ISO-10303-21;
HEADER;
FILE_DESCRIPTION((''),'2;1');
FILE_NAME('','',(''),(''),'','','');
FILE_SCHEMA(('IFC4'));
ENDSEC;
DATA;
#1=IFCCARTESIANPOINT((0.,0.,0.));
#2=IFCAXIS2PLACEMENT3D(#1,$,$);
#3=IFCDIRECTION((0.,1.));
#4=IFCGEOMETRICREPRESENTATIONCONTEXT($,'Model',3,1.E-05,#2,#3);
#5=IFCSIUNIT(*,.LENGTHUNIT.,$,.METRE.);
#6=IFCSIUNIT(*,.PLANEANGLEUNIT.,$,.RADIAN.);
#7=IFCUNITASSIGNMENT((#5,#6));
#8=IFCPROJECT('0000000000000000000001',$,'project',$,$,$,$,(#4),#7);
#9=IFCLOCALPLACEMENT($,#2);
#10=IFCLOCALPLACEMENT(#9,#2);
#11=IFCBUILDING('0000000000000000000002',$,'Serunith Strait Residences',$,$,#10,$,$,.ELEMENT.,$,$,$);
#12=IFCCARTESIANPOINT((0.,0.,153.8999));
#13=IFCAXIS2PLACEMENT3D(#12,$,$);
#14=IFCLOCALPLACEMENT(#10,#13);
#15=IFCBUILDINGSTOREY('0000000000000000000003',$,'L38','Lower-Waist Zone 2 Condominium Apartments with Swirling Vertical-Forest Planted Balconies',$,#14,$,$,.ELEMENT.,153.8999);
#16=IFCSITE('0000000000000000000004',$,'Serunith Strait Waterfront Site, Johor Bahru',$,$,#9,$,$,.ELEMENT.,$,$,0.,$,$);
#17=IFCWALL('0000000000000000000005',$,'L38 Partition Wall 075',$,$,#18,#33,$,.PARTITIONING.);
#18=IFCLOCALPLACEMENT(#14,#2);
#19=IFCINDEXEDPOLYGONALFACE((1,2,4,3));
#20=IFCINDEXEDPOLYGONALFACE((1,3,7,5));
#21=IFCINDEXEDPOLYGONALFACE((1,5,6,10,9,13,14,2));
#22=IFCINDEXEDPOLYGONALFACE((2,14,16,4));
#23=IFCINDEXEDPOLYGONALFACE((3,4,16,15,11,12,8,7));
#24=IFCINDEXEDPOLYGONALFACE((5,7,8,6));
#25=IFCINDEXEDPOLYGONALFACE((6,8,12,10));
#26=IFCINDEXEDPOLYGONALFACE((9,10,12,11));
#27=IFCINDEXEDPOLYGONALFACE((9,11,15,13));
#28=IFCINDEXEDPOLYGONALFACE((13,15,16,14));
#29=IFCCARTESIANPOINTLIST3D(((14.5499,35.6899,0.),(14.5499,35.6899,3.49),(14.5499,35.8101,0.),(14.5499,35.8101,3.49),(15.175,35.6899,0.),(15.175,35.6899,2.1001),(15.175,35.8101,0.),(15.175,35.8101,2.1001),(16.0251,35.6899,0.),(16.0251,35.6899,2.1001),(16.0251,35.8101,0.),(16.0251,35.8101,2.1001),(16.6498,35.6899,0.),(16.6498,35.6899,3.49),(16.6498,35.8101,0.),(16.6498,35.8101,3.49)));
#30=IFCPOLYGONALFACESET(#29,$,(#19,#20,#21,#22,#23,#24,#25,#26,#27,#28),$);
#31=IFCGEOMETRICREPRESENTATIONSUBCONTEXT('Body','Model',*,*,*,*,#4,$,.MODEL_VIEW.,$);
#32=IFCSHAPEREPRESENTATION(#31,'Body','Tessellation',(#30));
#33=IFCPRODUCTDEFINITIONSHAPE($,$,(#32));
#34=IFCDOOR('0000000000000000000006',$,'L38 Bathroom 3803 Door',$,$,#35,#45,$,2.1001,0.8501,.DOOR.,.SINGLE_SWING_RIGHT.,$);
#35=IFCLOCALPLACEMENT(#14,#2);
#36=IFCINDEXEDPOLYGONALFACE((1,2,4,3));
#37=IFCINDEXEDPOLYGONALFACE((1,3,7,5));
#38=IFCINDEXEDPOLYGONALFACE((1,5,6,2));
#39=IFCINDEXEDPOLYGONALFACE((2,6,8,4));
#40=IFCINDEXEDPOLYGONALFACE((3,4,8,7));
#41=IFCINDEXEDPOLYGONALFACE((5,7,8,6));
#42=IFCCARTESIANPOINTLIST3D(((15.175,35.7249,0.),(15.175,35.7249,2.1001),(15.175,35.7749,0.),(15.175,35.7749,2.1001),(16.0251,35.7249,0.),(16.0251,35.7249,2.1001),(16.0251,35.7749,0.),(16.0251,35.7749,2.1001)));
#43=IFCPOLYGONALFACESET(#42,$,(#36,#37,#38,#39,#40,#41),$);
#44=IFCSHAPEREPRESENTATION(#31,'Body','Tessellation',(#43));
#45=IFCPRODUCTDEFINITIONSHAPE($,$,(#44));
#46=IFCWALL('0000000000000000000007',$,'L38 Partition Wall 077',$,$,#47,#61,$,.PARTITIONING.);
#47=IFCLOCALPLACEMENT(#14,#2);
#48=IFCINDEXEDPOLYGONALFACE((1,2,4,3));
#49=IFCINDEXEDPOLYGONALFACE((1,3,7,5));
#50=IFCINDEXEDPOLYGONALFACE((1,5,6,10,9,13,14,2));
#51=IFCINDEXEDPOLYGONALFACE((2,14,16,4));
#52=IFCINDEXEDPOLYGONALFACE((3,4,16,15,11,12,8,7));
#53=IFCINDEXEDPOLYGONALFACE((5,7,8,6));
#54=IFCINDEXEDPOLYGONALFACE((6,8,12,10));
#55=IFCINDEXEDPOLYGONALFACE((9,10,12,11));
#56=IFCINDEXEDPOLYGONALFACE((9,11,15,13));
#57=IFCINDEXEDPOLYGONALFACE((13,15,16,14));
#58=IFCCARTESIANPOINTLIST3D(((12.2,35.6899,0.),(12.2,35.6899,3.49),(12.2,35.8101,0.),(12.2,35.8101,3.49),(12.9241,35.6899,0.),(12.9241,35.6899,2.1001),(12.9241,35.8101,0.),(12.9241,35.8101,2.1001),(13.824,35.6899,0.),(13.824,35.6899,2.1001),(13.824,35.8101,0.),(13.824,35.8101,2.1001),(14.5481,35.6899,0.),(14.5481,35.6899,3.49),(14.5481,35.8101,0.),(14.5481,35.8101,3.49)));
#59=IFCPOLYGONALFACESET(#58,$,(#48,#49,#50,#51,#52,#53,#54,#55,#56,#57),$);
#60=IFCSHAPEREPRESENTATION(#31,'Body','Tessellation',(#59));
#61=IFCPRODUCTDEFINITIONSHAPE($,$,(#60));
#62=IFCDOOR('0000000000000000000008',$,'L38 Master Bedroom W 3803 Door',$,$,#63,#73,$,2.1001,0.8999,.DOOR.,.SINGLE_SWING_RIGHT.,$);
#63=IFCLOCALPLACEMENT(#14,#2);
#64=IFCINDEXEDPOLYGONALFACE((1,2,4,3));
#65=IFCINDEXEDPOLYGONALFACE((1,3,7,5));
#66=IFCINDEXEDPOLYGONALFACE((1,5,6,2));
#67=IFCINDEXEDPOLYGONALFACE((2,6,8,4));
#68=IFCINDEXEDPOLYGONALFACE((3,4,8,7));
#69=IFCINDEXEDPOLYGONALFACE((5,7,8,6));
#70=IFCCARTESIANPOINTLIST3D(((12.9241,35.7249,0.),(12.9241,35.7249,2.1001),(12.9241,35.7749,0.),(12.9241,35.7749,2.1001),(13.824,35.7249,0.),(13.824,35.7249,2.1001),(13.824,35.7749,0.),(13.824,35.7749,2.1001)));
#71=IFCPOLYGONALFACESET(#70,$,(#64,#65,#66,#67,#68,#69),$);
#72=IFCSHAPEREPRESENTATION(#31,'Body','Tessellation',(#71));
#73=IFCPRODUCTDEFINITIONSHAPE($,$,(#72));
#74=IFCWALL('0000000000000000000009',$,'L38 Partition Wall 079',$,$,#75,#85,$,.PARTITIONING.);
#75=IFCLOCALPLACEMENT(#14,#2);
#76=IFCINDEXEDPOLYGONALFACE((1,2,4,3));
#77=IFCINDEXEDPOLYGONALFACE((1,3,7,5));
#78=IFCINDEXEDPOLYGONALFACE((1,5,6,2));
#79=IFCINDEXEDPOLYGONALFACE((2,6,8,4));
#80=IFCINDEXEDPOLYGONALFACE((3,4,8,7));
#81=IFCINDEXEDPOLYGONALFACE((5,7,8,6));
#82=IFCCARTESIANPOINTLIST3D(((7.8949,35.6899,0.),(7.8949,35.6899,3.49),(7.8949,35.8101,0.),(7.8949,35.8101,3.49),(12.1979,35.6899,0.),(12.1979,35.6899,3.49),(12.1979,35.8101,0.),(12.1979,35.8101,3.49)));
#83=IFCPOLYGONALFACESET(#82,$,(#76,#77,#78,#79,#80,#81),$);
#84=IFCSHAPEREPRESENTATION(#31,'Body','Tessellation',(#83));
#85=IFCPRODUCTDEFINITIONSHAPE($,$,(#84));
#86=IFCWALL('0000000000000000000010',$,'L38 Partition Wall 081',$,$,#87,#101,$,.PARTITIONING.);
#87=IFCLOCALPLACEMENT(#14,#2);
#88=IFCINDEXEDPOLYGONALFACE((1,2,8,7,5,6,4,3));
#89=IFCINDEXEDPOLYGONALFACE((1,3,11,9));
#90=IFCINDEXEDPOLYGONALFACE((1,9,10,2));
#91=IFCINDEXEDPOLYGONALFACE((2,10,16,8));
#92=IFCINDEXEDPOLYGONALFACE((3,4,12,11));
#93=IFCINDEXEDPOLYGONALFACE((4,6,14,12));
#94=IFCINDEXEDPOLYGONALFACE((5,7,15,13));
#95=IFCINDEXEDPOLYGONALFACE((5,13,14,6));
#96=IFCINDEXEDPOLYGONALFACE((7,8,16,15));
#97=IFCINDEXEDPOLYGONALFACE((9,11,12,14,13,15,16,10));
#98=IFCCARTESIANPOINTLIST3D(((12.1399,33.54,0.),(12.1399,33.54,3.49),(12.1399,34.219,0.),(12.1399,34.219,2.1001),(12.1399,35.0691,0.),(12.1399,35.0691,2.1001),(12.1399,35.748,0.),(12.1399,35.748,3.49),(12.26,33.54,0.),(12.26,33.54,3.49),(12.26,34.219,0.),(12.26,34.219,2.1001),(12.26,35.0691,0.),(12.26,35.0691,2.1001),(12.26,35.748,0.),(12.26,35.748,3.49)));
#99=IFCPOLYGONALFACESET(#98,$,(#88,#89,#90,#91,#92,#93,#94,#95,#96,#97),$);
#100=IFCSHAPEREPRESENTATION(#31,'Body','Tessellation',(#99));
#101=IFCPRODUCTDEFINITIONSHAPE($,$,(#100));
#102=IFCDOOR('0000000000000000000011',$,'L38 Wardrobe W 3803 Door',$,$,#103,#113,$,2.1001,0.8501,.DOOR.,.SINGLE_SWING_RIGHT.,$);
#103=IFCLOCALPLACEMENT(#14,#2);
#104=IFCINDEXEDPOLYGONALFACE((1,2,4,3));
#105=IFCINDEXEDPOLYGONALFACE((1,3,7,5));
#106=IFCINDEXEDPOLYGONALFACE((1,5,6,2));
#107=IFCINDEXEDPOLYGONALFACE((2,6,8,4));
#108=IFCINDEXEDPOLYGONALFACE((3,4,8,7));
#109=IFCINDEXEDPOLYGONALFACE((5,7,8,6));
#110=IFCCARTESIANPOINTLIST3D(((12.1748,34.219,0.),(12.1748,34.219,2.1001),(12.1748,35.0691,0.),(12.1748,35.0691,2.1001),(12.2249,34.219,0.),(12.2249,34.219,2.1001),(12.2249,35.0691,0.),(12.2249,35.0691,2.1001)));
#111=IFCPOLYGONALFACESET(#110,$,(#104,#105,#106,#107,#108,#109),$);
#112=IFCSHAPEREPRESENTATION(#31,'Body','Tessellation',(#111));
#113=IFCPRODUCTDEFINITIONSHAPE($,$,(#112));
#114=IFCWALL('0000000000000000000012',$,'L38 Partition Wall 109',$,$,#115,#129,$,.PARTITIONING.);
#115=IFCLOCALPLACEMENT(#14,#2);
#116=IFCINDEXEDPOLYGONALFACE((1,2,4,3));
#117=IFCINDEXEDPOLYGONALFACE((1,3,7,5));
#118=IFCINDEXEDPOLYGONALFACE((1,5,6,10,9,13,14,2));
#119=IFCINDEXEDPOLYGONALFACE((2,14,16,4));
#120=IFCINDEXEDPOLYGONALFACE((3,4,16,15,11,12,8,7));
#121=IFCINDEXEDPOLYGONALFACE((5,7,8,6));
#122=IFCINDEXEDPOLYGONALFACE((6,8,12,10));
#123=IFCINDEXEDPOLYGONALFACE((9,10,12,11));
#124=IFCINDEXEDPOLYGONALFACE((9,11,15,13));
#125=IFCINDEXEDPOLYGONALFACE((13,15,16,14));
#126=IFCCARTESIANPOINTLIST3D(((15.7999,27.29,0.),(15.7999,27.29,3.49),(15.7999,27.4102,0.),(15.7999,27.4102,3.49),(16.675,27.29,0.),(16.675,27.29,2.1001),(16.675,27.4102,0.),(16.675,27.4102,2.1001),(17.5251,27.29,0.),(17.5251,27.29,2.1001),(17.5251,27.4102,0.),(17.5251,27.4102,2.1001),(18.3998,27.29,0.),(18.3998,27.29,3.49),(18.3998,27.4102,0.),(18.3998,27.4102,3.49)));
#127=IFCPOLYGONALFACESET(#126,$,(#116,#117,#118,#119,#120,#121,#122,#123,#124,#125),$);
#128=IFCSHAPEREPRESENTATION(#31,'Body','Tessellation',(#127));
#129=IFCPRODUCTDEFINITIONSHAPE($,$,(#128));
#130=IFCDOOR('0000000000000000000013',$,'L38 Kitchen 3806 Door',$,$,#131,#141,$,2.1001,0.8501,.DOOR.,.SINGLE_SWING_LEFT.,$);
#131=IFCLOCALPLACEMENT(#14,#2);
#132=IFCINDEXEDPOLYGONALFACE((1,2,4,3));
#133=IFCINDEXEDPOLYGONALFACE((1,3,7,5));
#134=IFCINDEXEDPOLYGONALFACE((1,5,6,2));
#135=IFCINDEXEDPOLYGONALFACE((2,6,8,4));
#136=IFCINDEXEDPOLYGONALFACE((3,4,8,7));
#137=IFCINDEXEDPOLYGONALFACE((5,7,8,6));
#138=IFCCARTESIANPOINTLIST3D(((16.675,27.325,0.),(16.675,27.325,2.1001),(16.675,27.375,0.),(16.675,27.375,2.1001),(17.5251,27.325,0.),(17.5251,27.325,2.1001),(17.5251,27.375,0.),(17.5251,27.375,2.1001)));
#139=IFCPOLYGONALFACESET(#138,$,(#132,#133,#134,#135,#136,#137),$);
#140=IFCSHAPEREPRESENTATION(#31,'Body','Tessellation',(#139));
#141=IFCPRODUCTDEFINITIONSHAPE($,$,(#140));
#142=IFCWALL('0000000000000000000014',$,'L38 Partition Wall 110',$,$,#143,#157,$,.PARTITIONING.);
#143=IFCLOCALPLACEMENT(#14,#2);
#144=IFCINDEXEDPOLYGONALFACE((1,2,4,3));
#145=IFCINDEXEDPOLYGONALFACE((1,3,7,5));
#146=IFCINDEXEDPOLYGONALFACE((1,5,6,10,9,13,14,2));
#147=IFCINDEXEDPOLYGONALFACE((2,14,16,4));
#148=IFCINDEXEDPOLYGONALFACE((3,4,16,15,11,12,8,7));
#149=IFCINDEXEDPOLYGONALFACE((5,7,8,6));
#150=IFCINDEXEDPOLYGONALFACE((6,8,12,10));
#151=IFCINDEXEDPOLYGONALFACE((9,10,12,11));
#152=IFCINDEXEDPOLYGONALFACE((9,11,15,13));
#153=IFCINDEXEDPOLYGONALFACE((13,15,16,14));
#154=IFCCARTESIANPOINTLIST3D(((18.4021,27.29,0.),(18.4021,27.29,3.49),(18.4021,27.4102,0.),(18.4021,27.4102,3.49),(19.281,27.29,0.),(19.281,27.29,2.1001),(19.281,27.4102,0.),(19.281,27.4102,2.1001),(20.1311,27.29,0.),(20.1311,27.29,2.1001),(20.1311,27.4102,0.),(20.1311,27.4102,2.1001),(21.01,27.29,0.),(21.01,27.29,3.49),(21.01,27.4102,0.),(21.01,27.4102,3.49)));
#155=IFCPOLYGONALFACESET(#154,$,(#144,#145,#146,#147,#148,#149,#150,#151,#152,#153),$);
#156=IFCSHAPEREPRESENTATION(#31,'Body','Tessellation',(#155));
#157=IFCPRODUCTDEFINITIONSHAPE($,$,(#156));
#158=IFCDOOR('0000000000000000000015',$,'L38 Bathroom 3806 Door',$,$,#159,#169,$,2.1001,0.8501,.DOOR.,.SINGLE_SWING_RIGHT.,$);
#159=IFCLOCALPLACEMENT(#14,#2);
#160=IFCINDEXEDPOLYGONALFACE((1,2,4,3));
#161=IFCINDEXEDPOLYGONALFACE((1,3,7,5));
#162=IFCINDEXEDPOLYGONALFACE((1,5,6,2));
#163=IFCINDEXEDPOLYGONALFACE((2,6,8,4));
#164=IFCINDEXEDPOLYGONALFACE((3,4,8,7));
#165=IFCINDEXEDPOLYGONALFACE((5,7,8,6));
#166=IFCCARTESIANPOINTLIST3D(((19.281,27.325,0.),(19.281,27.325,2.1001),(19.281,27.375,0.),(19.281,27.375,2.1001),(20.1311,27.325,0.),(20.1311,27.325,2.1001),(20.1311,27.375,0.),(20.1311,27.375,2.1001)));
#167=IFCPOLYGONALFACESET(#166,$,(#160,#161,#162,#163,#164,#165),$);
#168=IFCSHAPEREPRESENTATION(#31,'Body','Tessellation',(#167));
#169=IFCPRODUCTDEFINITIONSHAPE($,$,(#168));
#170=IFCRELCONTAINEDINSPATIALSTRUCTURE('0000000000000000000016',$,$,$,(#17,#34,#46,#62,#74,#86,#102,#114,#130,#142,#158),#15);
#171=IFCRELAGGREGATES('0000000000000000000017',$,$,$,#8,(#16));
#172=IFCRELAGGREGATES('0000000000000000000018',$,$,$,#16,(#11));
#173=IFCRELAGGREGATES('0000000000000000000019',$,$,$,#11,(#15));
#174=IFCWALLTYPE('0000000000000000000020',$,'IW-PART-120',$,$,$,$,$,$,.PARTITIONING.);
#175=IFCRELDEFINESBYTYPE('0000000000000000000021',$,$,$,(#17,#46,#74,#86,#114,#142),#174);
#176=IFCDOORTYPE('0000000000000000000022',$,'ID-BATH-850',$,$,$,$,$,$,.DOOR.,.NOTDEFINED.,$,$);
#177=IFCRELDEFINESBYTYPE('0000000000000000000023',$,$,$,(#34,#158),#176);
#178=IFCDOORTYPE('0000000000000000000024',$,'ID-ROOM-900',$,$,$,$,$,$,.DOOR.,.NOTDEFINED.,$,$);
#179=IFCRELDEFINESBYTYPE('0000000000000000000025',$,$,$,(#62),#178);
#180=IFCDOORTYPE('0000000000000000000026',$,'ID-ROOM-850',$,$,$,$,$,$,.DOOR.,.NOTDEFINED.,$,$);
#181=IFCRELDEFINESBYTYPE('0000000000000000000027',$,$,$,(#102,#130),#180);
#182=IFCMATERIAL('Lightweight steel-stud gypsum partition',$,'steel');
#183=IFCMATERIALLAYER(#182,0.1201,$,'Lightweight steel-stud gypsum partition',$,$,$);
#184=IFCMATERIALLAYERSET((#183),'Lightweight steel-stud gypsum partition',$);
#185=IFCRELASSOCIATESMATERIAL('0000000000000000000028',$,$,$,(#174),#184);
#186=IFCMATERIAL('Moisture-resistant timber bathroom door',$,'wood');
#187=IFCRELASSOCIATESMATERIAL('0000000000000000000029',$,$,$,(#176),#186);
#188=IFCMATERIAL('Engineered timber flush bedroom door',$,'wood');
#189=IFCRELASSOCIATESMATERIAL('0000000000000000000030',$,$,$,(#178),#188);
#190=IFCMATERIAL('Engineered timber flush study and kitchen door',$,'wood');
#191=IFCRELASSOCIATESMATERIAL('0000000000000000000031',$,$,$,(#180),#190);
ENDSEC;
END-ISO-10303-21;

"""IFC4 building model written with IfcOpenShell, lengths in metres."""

from ifc_helpers import new_model, si_unit, direction, frame, frame_2d, origin, place, context, subcontext, project, spatial, rectangle, extrude, source, transform, mapped, material, layer, layer_set, type_object, element, fill, save


model = new_model("IFC4")

# Units and contexts
model_context = context("Model", 3, precision=1e-05, world=origin(), true_north=direction((0.0, 1.0)))
body_context = subcontext(model_context, "Body", "Model", "MODEL_VIEW")
ifc_project = project(units=[si_unit("LENGTHUNIT", "METRE"), si_unit("PLANEANGLEUNIT", "RADIAN")], contexts=[model_context])

# Site, building, storey
site_placement = place(None, origin())
site = spatial("IfcSite", under=ifc_project, at=site_placement, Name="Serunith Strait Waterfront Site, Johor Bahru", CompositionType="ELEMENT", RefElevation=0.0)
building_placement = place(site_placement, origin())
building = spatial("IfcBuilding", under=site, at=building_placement, Name="Serunith Strait Residences", CompositionType="ELEMENT")
storey_placement = place(building_placement, frame((0.0, 0.0, 153.8999)))
storey = spatial("IfcBuildingStorey", under=building, at=storey_placement, Name="L38", Description="Lower-Waist Zone 2 Condominium Apartments with Swirling Vertical-Forest Planted Balconies", CompositionType="ELEMENT", Elevation=153.8999)

# Walls, openings, doors
ifc_material_1 = material(Name="Lightweight steel-stud gypsum partition", Category="steel")
ifc_layer_1 = layer(ifc_material_1, 0.1201, Name="Lightweight steel-stud gypsum partition")
ifc_layer_set_1 = layer_set([ifc_layer_1], Name="Lightweight steel-stud gypsum partition")
wall_type_1 = type_object("IfcWallType", Name="IW-PART-120", PredefinedType="PARTITIONING", material=ifc_layer_set_1)
wall_1_placement = place(storey_placement, frame((14.55, 35.75, 0.0), z_axis=(0.0, 0.0, 1.0), x_axis=(1.0, 0.0, 0.0)))
wall_1 = element("IfcWall", 1, at=wall_1_placement, inside=storey, type_object=wall_type_1, Name="L38 Partition Wall 075", PredefinedType="PARTITIONING", context=body_context, shape_type="SweptSolid", body=[
    extrude(rectangle(XDim=2.0999, YDim=0.1201, at=frame_2d((1.0498, 0.0))), origin(), (0.0, 0.0, 1.0), 3.49),
])
opening_1_placement = place(wall_1_placement, frame((0.625, 0.0, 0.0)))
opening_1 = element("IfcOpeningElement", 2, at=opening_1_placement, cuts=wall_1, PredefinedType="OPENING", context=body_context, shape_type="SweptSolid", body=[
    extrude(rectangle(XDim=0.8501, YDim=2.1001, at=frame_2d((0.425, 1.05))), frame((0.0, 0.0701, 0.0), z_axis=(0.0, -1.0, 0.0), x_axis=(1.0, 0.0, 0.0)), (0.0, 0.0, 1.0), 0.1401),
])
ifc_material_2 = material(Name="Moisture-resistant timber bathroom door", Category="wood")
door_type_1 = type_object("IfcDoorType", Name="ID-BATH-850", OperationType="NOTDEFINED", PredefinedType="DOOR", material=ifc_material_2)
shared_shape_1 = source(origin(), body_context, "Body", "SweptSolid", [
    extrude(rectangle(XDim=0.8501, YDim=2.1001, at=frame_2d((0.425, 1.05))), frame((0.0, 0.0249, 0.0), z_axis=(0.0, -1.0, 0.0), x_axis=(1.0, 0.0, 0.0)), (0.0, 0.0, 1.0), 0.05),
])
door_1_placement = place(opening_1_placement, origin())
door_1 = element("IfcDoor", 3, at=door_1_placement, inside=storey, type_object=door_type_1, Name="L38 Bathroom 3803 Door", OperationType="SINGLE_SWING_RIGHT", OverallHeight=2.1001, OverallWidth=0.8501, PredefinedType="DOOR", context=body_context, shape_type="MappedRepresentation", body=[
    mapped(shared_shape_1, transform((0.0, 0.0, 0.0), scale=1.0)),
])
fill(opening_1, door_1)
wall_2_placement = place(storey_placement, frame((12.2, 35.75, 0.0), z_axis=(0.0, 0.0, 1.0), x_axis=(1.0, 0.0, 0.0)))
wall_2 = element("IfcWall", 4, at=wall_2_placement, inside=storey, type_object=wall_type_1, Name="L38 Partition Wall 077", PredefinedType="PARTITIONING", context=body_context, shape_type="SweptSolid", body=[
    extrude(rectangle(XDim=2.3481, YDim=0.1201, at=frame_2d((1.1741, 0.0))), origin(), (0.0, 0.0, 1.0), 3.49),
])
opening_2_placement = place(wall_2_placement, frame((0.7241, 0.0, 0.0)))
opening_2 = element("IfcOpeningElement", 5, at=opening_2_placement, cuts=wall_2, PredefinedType="OPENING", context=body_context, shape_type="SweptSolid", body=[
    extrude(rectangle(XDim=0.8999, YDim=2.1001, at=frame_2d((0.45, 1.05))), frame((0.0, 0.0701, 0.0), z_axis=(0.0, -1.0, 0.0), x_axis=(1.0, 0.0, 0.0)), (0.0, 0.0, 1.0), 0.1401),
])
ifc_material_3 = material(Name="Engineered timber flush bedroom door", Category="wood")
door_type_2 = type_object("IfcDoorType", Name="ID-ROOM-900", OperationType="NOTDEFINED", PredefinedType="DOOR", material=ifc_material_3)
shared_shape_2 = source(origin(), body_context, "Body", "SweptSolid", [
    extrude(rectangle(XDim=0.8999, YDim=2.1001, at=frame_2d((0.45, 1.05))), frame((0.0, 0.0249, 0.0), z_axis=(0.0, -1.0, 0.0), x_axis=(1.0, 0.0, 0.0)), (0.0, 0.0, 1.0), 0.05),
])
door_2_placement = place(opening_2_placement, origin())
door_2 = element("IfcDoor", 6, at=door_2_placement, inside=storey, type_object=door_type_2, Name="L38 Master Bedroom W 3803 Door", OperationType="SINGLE_SWING_RIGHT", OverallHeight=2.1001, OverallWidth=0.8999, PredefinedType="DOOR", context=body_context, shape_type="MappedRepresentation", body=[
    mapped(shared_shape_2, transform((0.0, 0.0, 0.0), scale=1.0)),
])
fill(opening_2, door_2)

# Wall
wall_3_placement = place(storey_placement, frame((7.895, 35.75, 0.0), z_axis=(0.0, 0.0, 1.0), x_axis=(1.0, 0.0, 0.0)))
element("IfcWall", 7, at=wall_3_placement, inside=storey, type_object=wall_type_1, Name="L38 Partition Wall 079", PredefinedType="PARTITIONING", context=body_context, shape_type="SweptSolid", body=[
    extrude(rectangle(XDim=4.303, YDim=0.1201, at=frame_2d((2.1514, 0.0))), origin(), (0.0, 0.0, 1.0), 3.49),
])

# Walls, openings, doors
wall_4_placement = place(storey_placement, frame((12.2, 35.748, 0.0), z_axis=(0.0, 0.0, 1.0), x_axis=(0.0, -1.0, 0.0)))
wall_4 = element("IfcWall", 8, at=wall_4_placement, inside=storey, type_object=wall_type_1, Name="L38 Partition Wall 081", PredefinedType="PARTITIONING", context=body_context, shape_type="SweptSolid", body=[
    extrude(rectangle(XDim=2.208, YDim=0.1201, at=frame_2d((1.104, 0.0))), origin(), (0.0, 0.0, 1.0), 3.49),
])
opening_3_placement = place(wall_4_placement, frame((0.679, 0.0, 0.0)))
opening_3 = element("IfcOpeningElement", 9, at=opening_3_placement, cuts=wall_4, PredefinedType="OPENING", context=body_context, shape_type="SweptSolid", body=[
    extrude(rectangle(XDim=0.8501, YDim=2.1001, at=frame_2d((0.425, 1.05))), frame((0.0, 0.0701, 0.0), z_axis=(0.0, -1.0, 0.0), x_axis=(1.0, 0.0, 0.0)), (0.0, 0.0, 1.0), 0.1401),
])
ifc_material_4 = material(Name="Engineered timber flush study and kitchen door", Category="wood")
door_type_3 = type_object("IfcDoorType", Name="ID-ROOM-850", OperationType="NOTDEFINED", PredefinedType="DOOR", material=ifc_material_4)
door_3_placement = place(opening_3_placement, origin())
door_3 = element("IfcDoor", 10, at=door_3_placement, inside=storey, type_object=door_type_3, Name="L38 Wardrobe W 3803 Door", OperationType="SINGLE_SWING_RIGHT", OverallHeight=2.1001, OverallWidth=0.8501, PredefinedType="DOOR", context=body_context, shape_type="MappedRepresentation", body=[
    mapped(shared_shape_1, transform((0.0, 0.0, 0.0), scale=1.0)),
])
fill(opening_3, door_3)
wall_5_placement = place(storey_placement, frame((15.8, 27.3501, 0.0), z_axis=(0.0, 0.0, 1.0), x_axis=(1.0, 0.0, 0.0)))
wall_5 = element("IfcWall", 11, at=wall_5_placement, inside=storey, type_object=wall_type_1, Name="L38 Partition Wall 109", PredefinedType="PARTITIONING", context=body_context, shape_type="SweptSolid", body=[
    extrude(rectangle(XDim=2.5999, YDim=0.1201, at=frame_2d((1.2998, 0.0))), origin(), (0.0, 0.0, 1.0), 3.49),
])
opening_4_placement = place(wall_5_placement, frame((0.875, 0.0, 0.0)))
opening_4 = element("IfcOpeningElement", 12, at=opening_4_placement, cuts=wall_5, PredefinedType="OPENING", context=body_context, shape_type="SweptSolid", body=[
    extrude(rectangle(XDim=0.8501, YDim=2.1001, at=frame_2d((0.425, 1.05))), frame((0.0, 0.0701, 0.0), z_axis=(0.0, -1.0, 0.0), x_axis=(1.0, 0.0, 0.0)), (0.0, 0.0, 1.0), 0.1401),
])
door_4_placement = place(opening_4_placement, origin())
door_4 = element("IfcDoor", 13, at=door_4_placement, inside=storey, type_object=door_type_3, Name="L38 Kitchen 3806 Door", OperationType="SINGLE_SWING_LEFT", OverallHeight=2.1001, OverallWidth=0.8501, PredefinedType="DOOR", context=body_context, shape_type="MappedRepresentation", body=[
    mapped(shared_shape_1, transform((0.0, 0.0, 0.0), scale=1.0)),
])
fill(opening_4, door_4)
wall_6_placement = place(storey_placement, frame((18.4021, 27.3501, 0.0), z_axis=(0.0, 0.0, 1.0), x_axis=(1.0, 0.0, 0.0)))
wall_6 = element("IfcWall", 14, at=wall_6_placement, inside=storey, type_object=wall_type_1, Name="L38 Partition Wall 110", PredefinedType="PARTITIONING", context=body_context, shape_type="SweptSolid", body=[
    extrude(rectangle(XDim=2.6079, YDim=0.1201, at=frame_2d((1.304, 0.0))), origin(), (0.0, 0.0, 1.0), 3.49),
])
opening_5_placement = place(wall_6_placement, frame((0.8789, 0.0, 0.0)))
opening_5 = element("IfcOpeningElement", 15, at=opening_5_placement, cuts=wall_6, PredefinedType="OPENING", context=body_context, shape_type="SweptSolid", body=[
    extrude(rectangle(XDim=0.8501, YDim=2.1001, at=frame_2d((0.425, 1.05))), frame((0.0, 0.0701, 0.0), z_axis=(0.0, -1.0, 0.0), x_axis=(1.0, 0.0, 0.0)), (0.0, 0.0, 1.0), 0.1401),
])
door_5_placement = place(opening_5_placement, origin())
door_5 = element("IfcDoor", 16, at=door_5_placement, inside=storey, type_object=door_type_1, Name="L38 Bathroom 3806 Door", OperationType="SINGLE_SWING_RIGHT", OverallHeight=2.1001, OverallWidth=0.8501, PredefinedType="DOOR", context=body_context, shape_type="MappedRepresentation", body=[
    mapped(shared_shape_1, transform((0.0, 0.0, 0.0), scale=1.0)),
])
fill(opening_5, door_5)

save(model, "model.ifc")
